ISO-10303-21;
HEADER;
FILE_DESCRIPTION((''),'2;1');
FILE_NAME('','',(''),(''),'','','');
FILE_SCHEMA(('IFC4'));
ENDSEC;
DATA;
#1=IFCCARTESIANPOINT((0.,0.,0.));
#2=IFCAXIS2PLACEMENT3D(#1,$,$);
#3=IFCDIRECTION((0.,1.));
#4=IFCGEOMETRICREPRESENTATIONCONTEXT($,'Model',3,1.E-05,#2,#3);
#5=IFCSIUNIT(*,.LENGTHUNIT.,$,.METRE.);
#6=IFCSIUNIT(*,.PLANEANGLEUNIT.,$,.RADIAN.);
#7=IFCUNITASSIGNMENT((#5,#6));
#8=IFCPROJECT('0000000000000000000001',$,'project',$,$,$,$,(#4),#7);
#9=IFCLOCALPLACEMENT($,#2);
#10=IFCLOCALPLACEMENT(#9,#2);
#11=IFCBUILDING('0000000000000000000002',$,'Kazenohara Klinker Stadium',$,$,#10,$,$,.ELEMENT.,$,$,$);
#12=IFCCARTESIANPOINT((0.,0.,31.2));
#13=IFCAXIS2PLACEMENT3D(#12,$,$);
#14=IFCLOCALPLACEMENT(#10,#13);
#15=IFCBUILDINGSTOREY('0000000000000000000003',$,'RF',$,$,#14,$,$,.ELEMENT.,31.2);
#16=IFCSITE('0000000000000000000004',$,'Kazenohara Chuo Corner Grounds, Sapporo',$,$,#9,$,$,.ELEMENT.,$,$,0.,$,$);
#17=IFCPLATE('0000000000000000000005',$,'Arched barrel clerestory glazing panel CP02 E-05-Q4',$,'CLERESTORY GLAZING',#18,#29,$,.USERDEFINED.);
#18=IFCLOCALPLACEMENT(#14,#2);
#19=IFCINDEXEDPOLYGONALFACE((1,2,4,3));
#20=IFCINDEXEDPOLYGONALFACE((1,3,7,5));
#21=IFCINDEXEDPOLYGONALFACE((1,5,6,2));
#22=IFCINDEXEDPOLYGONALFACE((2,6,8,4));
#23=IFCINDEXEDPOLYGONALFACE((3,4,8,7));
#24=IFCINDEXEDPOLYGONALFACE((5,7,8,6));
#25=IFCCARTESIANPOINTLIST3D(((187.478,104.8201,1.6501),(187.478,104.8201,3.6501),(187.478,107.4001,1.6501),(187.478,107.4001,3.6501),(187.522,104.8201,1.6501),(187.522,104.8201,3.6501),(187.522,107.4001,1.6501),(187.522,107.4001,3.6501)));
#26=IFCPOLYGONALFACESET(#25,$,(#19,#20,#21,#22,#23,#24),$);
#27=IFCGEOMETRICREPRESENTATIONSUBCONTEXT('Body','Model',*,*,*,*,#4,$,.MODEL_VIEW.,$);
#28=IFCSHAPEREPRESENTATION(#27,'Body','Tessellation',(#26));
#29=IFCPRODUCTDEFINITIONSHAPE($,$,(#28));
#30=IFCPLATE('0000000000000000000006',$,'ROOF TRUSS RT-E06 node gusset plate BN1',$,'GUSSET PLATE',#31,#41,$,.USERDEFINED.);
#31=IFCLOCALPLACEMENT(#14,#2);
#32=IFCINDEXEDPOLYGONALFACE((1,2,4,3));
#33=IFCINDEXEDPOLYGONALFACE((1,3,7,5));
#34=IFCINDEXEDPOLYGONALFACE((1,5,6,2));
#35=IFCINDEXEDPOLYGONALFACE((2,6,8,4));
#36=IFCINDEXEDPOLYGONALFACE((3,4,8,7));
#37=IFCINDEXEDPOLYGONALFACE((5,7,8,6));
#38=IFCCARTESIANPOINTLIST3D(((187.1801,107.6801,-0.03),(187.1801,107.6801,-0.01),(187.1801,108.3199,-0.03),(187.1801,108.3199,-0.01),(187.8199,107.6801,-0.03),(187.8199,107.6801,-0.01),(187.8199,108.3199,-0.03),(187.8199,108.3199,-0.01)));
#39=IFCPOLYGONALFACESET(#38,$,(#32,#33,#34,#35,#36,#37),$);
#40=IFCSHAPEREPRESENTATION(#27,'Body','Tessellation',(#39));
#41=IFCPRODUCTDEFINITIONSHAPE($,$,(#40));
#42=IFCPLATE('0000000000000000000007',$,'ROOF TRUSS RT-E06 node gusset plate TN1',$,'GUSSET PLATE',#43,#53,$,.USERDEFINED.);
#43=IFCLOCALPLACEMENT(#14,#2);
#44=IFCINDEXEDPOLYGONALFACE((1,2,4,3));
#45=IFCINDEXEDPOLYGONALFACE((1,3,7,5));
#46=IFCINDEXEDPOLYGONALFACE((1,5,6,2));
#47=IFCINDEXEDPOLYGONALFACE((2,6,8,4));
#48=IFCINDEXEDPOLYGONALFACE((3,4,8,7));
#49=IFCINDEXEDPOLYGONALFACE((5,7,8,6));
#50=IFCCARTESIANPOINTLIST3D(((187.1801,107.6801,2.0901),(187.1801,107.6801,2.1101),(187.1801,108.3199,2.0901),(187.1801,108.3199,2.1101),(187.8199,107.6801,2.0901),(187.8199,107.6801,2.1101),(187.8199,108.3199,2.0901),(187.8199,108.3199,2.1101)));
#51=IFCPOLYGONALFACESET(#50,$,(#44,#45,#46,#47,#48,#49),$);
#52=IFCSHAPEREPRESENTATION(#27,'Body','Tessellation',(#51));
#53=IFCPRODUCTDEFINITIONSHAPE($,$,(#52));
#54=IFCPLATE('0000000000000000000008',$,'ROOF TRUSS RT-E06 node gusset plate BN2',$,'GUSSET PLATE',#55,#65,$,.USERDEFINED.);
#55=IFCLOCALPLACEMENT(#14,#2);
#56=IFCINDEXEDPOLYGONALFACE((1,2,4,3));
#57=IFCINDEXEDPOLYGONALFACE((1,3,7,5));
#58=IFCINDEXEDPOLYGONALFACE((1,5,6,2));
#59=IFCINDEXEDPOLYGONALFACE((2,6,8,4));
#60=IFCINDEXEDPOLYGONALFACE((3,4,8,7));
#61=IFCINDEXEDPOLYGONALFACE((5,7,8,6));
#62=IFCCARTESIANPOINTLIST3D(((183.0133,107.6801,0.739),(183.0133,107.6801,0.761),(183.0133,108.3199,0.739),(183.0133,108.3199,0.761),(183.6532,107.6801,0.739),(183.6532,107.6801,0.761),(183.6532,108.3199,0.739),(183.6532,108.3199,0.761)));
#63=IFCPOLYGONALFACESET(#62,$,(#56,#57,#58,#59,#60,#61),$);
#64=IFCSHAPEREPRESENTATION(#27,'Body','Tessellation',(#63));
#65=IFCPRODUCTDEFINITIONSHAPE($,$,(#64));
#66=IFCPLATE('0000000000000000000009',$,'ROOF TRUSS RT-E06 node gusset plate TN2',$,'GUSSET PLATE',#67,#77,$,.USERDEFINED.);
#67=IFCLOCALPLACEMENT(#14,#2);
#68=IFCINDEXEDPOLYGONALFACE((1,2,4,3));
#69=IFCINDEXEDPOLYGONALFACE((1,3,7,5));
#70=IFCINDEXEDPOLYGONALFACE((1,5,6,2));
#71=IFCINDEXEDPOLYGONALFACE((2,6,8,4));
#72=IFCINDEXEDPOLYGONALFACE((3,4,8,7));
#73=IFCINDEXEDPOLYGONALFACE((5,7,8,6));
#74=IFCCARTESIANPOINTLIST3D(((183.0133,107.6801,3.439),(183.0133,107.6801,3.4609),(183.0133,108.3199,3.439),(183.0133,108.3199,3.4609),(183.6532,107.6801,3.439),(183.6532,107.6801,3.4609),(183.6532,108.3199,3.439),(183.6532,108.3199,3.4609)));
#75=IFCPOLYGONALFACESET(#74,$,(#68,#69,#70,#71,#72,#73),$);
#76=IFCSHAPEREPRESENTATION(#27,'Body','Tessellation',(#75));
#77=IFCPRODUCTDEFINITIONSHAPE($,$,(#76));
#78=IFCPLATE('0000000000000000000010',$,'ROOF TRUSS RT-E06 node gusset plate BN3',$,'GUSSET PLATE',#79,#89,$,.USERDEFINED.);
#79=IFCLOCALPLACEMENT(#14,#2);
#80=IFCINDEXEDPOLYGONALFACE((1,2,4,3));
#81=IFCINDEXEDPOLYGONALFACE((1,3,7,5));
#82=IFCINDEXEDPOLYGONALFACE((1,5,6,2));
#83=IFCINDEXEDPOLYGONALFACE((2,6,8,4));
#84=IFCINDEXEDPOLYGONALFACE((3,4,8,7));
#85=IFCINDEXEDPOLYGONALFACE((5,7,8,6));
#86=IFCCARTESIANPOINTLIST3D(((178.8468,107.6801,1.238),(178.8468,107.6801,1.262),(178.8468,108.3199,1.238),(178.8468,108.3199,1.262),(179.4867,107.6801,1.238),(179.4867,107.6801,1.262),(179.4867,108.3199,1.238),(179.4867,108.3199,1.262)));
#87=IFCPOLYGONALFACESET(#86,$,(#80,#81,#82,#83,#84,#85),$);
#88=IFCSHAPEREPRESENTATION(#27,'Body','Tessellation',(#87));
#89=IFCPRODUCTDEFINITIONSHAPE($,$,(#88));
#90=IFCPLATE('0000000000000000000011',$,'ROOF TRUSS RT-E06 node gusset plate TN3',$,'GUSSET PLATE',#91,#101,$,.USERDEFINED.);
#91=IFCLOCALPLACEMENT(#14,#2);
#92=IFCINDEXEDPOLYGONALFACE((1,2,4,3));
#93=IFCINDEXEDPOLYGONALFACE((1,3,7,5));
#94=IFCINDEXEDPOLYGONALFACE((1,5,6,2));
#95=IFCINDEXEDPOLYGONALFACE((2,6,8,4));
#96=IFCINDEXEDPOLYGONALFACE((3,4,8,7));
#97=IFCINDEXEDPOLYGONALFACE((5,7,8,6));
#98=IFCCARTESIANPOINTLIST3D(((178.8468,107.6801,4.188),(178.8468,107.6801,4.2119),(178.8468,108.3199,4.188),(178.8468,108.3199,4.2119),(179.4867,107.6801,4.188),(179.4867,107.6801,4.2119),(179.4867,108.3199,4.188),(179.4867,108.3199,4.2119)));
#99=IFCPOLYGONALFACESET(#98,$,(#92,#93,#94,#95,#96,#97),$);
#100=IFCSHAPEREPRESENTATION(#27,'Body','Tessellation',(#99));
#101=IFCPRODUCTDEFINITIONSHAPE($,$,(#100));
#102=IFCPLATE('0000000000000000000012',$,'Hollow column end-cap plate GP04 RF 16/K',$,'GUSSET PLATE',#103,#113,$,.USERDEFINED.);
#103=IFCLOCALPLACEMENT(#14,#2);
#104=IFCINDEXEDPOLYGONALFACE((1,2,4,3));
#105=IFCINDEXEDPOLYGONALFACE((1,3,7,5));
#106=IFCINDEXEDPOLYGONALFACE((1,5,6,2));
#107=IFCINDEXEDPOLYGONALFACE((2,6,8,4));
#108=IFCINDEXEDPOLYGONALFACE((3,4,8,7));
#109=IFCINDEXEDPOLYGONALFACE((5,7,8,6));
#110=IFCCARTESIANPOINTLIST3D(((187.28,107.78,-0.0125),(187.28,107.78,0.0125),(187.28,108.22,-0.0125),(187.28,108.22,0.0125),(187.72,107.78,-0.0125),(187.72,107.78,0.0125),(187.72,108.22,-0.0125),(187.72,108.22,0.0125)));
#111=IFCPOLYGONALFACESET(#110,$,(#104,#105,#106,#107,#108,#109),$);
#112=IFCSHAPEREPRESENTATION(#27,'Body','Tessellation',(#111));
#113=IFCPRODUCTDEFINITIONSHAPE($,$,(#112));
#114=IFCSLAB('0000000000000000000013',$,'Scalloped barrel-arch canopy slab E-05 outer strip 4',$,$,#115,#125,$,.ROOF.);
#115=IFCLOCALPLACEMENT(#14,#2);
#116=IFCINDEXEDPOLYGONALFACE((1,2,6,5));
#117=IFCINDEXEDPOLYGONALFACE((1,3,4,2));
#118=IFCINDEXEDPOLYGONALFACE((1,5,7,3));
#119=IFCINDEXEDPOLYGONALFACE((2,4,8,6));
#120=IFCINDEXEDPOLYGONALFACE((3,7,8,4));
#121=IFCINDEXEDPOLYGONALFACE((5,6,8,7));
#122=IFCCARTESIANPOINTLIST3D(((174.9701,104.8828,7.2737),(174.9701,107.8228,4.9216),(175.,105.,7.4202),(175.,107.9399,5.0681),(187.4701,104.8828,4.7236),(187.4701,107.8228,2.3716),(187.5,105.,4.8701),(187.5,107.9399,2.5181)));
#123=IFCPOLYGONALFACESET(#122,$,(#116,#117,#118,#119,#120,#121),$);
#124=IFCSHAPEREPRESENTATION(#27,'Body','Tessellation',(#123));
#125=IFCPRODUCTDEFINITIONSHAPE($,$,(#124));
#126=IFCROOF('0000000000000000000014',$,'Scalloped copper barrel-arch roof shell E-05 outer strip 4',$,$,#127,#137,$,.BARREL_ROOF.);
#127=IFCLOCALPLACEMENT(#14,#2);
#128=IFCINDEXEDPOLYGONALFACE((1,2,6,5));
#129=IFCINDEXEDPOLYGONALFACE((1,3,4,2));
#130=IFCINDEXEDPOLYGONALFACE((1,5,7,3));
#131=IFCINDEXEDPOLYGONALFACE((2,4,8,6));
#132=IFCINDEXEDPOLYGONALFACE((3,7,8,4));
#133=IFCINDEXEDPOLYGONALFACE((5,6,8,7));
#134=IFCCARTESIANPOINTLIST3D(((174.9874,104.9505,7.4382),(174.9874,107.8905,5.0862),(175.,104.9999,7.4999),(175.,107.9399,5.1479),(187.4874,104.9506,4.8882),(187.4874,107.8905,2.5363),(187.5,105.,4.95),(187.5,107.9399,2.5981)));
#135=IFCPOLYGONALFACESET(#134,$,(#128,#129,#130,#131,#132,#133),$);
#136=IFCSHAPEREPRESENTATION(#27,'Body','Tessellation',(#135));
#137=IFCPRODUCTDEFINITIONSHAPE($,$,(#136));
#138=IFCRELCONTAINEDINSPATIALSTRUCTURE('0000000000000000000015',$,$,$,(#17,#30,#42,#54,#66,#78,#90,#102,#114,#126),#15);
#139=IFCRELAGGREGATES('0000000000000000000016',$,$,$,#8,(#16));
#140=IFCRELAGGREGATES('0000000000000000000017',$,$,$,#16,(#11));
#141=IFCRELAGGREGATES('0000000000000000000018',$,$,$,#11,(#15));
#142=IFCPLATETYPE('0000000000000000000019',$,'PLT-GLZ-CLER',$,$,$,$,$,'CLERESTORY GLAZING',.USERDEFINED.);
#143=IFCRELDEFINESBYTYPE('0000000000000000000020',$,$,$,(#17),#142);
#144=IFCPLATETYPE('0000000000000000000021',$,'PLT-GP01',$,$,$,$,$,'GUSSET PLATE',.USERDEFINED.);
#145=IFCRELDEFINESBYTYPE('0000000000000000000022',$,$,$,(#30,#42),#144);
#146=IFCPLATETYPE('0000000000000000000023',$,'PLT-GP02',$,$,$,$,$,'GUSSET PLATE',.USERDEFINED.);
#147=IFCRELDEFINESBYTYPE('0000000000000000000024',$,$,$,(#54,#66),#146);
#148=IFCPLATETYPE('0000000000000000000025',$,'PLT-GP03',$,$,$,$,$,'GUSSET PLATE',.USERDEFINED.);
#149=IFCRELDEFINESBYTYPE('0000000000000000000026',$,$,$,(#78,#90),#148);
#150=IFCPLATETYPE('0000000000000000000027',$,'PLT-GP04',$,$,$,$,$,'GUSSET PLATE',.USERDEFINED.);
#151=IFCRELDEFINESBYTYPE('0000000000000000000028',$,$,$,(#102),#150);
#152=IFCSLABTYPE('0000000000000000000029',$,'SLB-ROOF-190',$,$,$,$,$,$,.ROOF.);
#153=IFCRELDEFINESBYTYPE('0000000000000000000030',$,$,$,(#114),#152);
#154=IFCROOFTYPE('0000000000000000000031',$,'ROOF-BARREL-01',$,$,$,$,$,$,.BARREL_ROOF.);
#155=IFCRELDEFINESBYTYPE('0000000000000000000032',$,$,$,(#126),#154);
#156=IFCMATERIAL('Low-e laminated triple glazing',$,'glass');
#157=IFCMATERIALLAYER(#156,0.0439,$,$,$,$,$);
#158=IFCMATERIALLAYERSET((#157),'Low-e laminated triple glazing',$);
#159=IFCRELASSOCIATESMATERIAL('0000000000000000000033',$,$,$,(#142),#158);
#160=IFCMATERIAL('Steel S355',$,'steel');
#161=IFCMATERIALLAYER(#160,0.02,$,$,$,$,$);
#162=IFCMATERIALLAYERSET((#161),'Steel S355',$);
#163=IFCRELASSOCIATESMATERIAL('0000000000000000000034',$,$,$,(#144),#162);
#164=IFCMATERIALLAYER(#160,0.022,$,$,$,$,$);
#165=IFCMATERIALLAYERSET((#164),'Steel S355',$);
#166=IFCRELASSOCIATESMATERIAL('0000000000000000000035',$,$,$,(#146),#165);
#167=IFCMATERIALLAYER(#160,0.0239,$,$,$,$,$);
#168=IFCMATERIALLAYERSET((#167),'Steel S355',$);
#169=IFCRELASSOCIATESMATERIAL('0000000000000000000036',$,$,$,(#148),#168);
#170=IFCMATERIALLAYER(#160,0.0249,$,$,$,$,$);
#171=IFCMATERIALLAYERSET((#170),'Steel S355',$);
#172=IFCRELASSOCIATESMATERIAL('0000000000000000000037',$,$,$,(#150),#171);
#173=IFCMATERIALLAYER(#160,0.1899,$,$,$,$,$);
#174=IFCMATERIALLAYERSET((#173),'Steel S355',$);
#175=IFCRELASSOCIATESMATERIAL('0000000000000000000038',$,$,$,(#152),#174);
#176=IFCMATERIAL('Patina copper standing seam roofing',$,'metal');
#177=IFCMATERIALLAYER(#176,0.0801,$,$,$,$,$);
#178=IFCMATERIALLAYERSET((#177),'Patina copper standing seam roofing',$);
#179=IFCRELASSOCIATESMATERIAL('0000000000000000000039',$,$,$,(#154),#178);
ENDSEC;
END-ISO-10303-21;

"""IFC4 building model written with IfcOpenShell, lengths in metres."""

from ifc_helpers import new_model, si_unit, direction, frame, origin, origin_2d, place, context, subcontext, project, spatial, polyline, rectangle, outline, extrude, material, layer, layer_set, type_object, element, save


model = new_model("IFC4")

# Units and contexts
model_context = context("Model", 3, precision=1e-05, world=origin(), true_north=direction((0.0, 1.0)))
body_context = subcontext(model_context, "Body", "Model", "MODEL_VIEW")
ifc_project = project(units=[si_unit("LENGTHUNIT", "METRE"), si_unit("PLANEANGLEUNIT", "RADIAN")], contexts=[model_context])

# Site, building, storey
site_placement = place(None, origin())
site = spatial("IfcSite", under=ifc_project, at=site_placement, Name="Kazenohara Chuo Corner Grounds, Sapporo", CompositionType="ELEMENT", RefElevation=0.0)
building_placement = place(site_placement, origin())
building = spatial("IfcBuilding", under=site, at=building_placement, Name="Kazenohara Klinker Stadium", CompositionType="ELEMENT")
storey_placement = place(building_placement, frame((0.0, 0.0, 31.2)))
storey = spatial("IfcBuildingStorey", under=building, at=storey_placement, Name="RF", CompositionType="ELEMENT", Elevation=31.2)

# Shared definitions
ifc_material_1 = material(Name="Steel S355", Category="steel")

# Plates
ifc_material_2 = material(Name="Low-e laminated triple glazing", Category="glass")
ifc_layer_1 = layer(ifc_material_2, 0.0439)
ifc_layer_set_1 = layer_set([ifc_layer_1], Name="Low-e laminated triple glazing")
plate_type_1 = type_object("IfcPlateType", Name="PLT-GLZ-CLER", ElementType="CLERESTORY GLAZING", PredefinedType="USERDEFINED", material=ifc_layer_set_1)
plate_1_placement = place(storey_placement, frame((187.5, 106.1101, 1.6501), z_axis=(0.0, 0.0, 1.0), x_axis=(1.0, 0.0, 0.0)))
element("IfcPlate", 1, at=plate_1_placement, inside=storey, type_object=plate_type_1, Name="Arched barrel clerestory glazing panel CP02 E-05-Q4", ObjectType="CLERESTORY GLAZING", PredefinedType="USERDEFINED", context=body_context, shape_type="SweptSolid", body=[
    extrude(rectangle(XDim=0.0439, YDim=2.5801, at=origin_2d()), origin(), (0.0, 0.0, 1.0), 2.0),
])
ifc_layer_2 = layer(ifc_material_1, 0.02)
ifc_layer_set_2 = layer_set([ifc_layer_2], Name="Steel S355")
plate_type_2 = type_object("IfcPlateType", Name="PLT-GP01", ElementType="GUSSET PLATE", PredefinedType="USERDEFINED", material=ifc_layer_set_2)
for number, where, z_axis, x_axis, name in (
    (2, (187.5, 108.0, -0.03), (0.0, 0.0, 1.0), (1.0, 0.0, 0.0), "ROOF TRUSS RT-E06 node gusset plate BN1"),
    (3, (187.5, 108.0, 2.0901), (0.0, 0.0, 1.0), (1.0, 0.0, 0.0), "ROOF TRUSS RT-E06 node gusset plate TN1"),
):
    element("IfcPlate", number, at=place(storey_placement, frame(where, z_axis=z_axis, x_axis=x_axis)), inside=storey, type_object=plate_type_2, Name=name, ObjectType="GUSSET PLATE", PredefinedType="USERDEFINED", context=body_context, shape_type="SweptSolid", body=[
        extrude(rectangle(XDim=0.6399, YDim=0.6399, at=origin_2d()), origin(), (0.0, 0.0, 1.0), 0.02),
    ])
ifc_layer_3 = layer(ifc_material_1, 0.022)
ifc_layer_set_3 = layer_set([ifc_layer_3], Name="Steel S355")
plate_type_3 = type_object("IfcPlateType", Name="PLT-GP02", ElementType="GUSSET PLATE", PredefinedType="USERDEFINED", material=ifc_layer_set_3)
for number, where, z_axis, x_axis, name in (
    (4, (183.3333, 108.0, 0.739), (0.0, 0.0, 1.0), (1.0, 0.0, 0.0), "ROOF TRUSS RT-E06 node gusset plate BN2"),
    (5, (183.3333, 108.0, 3.439), (0.0, 0.0, 1.0), (1.0, 0.0, 0.0), "ROOF TRUSS RT-E06 node gusset plate TN2"),
):
    element("IfcPlate", number, at=place(storey_placement, frame(where, z_axis=z_axis, x_axis=x_axis)), inside=storey, type_object=plate_type_3, Name=name, ObjectType="GUSSET PLATE", PredefinedType="USERDEFINED", context=body_context, shape_type="SweptSolid", body=[
        extrude(rectangle(XDim=0.6399, YDim=0.6399, at=origin_2d()), origin(), (0.0, 0.0, 1.0), 0.022),
    ])
ifc_layer_4 = layer(ifc_material_1, 0.0239)
ifc_layer_set_4 = layer_set([ifc_layer_4], Name="Steel S355")
plate_type_4 = type_object("IfcPlateType", Name="PLT-GP03", ElementType="GUSSET PLATE", PredefinedType="USERDEFINED", material=ifc_layer_set_4)
for number, where, z_axis, x_axis, name in (
    (6, (179.1667, 108.0, 1.238), (0.0, 0.0, 1.0), (1.0, 0.0, 0.0), "ROOF TRUSS RT-E06 node gusset plate BN3"),
    (7, (179.1667, 108.0, 4.188), (0.0, 0.0, 1.0), (1.0, 0.0, 0.0), "ROOF TRUSS RT-E06 node gusset plate TN3"),
):
    element("IfcPlate", number, at=place(storey_placement, frame(where, z_axis=z_axis, x_axis=x_axis)), inside=storey, type_object=plate_type_4, Name=name, ObjectType="GUSSET PLATE", PredefinedType="USERDEFINED", context=body_context, shape_type="SweptSolid", body=[
        extrude(rectangle(XDim=0.6399, YDim=0.6399, at=origin_2d()), origin(), (0.0, 0.0, 1.0), 0.0239),
    ])
ifc_layer_5 = layer(ifc_material_1, 0.0249)
ifc_layer_set_5 = layer_set([ifc_layer_5], Name="Steel S355")
plate_type_5 = type_object("IfcPlateType", Name="PLT-GP04", ElementType="GUSSET PLATE", PredefinedType="USERDEFINED", material=ifc_layer_set_5)
plate_2_placement = place(storey_placement, frame((187.5, 108.0, -0.0125), z_axis=(0.0, 0.0, 1.0), x_axis=(1.0, 0.0, 0.0)))
element("IfcPlate", 8, at=plate_2_placement, inside=storey, type_object=plate_type_5, Name="Hollow column end-cap plate GP04 RF 16/K", ObjectType="GUSSET PLATE", PredefinedType="USERDEFINED", context=body_context, shape_type="SweptSolid", body=[
    extrude(rectangle(XDim=0.4399, YDim=0.4399, at=origin_2d()), origin(), (0.0, 0.0, 1.0), 0.0249),
])

# Slab
ifc_layer_6 = layer(ifc_material_1, 0.1899)
ifc_layer_set_6 = layer_set([ifc_layer_6], Name="Steel S355")
slab_type = type_object("IfcSlabType", Name="SLB-ROOF-190", PredefinedType="ROOF", material=ifc_layer_set_6)
slab_placement = place(storey_placement, frame((187.5, 105.0, 4.8701), z_axis=(0.157314, 0.616932, 0.771133), x_axis=(-0.979819, 0.0, 0.199887)))
element("IfcSlab", 9, at=slab_placement, inside=storey, type_object=slab_type, Name="Scalloped barrel-arch canopy slab E-05 outer strip 4", PredefinedType="ROOF", context=body_context, shape_type="SweptSolid", body=[
    extrude(outline(polyline([(0.0, 0.0), (12.7575, 0.0), (12.2873, -3.7356), (-0.4701, -3.7356), (0.0, 0.0)])), origin(), (0.0, 0.0, -1.0), 0.1899),
])

# Roof
ifc_material_3 = material(Name="Patina copper standing seam roofing", Category="metal")
ifc_layer_7 = layer(ifc_material_3, 0.0801)
ifc_layer_set_7 = layer_set([ifc_layer_7], Name="Patina copper standing seam roofing")
roof_type = type_object("IfcRoofType", Name="ROOF-BARREL-01", PredefinedType="BARREL_ROOF", material=ifc_layer_set_7)
roof_placement = place(storey_placement, frame((187.5, 105.0, 4.95), z_axis=(0.15731, 0.616913, 0.77115), x_axis=(-0.97982, -0.000005, 0.199881)))
element("IfcRoof", 10, at=roof_placement, inside=storey, type_object=roof_type, Name="Scalloped copper barrel-arch roof shell E-05 outer strip 4", PredefinedType="BARREL_ROOF", context=body_context, shape_type="SweptSolid", body=[
    extrude(outline(polyline([(0.0, 0.0), (12.7575, 0.0), (12.2873, -3.7356), (-0.4701, -3.7354), (0.0, 0.0)])), origin(), (0.0, 0.0, -1.0), 0.0801),
])

save(model, "model.ifc")
